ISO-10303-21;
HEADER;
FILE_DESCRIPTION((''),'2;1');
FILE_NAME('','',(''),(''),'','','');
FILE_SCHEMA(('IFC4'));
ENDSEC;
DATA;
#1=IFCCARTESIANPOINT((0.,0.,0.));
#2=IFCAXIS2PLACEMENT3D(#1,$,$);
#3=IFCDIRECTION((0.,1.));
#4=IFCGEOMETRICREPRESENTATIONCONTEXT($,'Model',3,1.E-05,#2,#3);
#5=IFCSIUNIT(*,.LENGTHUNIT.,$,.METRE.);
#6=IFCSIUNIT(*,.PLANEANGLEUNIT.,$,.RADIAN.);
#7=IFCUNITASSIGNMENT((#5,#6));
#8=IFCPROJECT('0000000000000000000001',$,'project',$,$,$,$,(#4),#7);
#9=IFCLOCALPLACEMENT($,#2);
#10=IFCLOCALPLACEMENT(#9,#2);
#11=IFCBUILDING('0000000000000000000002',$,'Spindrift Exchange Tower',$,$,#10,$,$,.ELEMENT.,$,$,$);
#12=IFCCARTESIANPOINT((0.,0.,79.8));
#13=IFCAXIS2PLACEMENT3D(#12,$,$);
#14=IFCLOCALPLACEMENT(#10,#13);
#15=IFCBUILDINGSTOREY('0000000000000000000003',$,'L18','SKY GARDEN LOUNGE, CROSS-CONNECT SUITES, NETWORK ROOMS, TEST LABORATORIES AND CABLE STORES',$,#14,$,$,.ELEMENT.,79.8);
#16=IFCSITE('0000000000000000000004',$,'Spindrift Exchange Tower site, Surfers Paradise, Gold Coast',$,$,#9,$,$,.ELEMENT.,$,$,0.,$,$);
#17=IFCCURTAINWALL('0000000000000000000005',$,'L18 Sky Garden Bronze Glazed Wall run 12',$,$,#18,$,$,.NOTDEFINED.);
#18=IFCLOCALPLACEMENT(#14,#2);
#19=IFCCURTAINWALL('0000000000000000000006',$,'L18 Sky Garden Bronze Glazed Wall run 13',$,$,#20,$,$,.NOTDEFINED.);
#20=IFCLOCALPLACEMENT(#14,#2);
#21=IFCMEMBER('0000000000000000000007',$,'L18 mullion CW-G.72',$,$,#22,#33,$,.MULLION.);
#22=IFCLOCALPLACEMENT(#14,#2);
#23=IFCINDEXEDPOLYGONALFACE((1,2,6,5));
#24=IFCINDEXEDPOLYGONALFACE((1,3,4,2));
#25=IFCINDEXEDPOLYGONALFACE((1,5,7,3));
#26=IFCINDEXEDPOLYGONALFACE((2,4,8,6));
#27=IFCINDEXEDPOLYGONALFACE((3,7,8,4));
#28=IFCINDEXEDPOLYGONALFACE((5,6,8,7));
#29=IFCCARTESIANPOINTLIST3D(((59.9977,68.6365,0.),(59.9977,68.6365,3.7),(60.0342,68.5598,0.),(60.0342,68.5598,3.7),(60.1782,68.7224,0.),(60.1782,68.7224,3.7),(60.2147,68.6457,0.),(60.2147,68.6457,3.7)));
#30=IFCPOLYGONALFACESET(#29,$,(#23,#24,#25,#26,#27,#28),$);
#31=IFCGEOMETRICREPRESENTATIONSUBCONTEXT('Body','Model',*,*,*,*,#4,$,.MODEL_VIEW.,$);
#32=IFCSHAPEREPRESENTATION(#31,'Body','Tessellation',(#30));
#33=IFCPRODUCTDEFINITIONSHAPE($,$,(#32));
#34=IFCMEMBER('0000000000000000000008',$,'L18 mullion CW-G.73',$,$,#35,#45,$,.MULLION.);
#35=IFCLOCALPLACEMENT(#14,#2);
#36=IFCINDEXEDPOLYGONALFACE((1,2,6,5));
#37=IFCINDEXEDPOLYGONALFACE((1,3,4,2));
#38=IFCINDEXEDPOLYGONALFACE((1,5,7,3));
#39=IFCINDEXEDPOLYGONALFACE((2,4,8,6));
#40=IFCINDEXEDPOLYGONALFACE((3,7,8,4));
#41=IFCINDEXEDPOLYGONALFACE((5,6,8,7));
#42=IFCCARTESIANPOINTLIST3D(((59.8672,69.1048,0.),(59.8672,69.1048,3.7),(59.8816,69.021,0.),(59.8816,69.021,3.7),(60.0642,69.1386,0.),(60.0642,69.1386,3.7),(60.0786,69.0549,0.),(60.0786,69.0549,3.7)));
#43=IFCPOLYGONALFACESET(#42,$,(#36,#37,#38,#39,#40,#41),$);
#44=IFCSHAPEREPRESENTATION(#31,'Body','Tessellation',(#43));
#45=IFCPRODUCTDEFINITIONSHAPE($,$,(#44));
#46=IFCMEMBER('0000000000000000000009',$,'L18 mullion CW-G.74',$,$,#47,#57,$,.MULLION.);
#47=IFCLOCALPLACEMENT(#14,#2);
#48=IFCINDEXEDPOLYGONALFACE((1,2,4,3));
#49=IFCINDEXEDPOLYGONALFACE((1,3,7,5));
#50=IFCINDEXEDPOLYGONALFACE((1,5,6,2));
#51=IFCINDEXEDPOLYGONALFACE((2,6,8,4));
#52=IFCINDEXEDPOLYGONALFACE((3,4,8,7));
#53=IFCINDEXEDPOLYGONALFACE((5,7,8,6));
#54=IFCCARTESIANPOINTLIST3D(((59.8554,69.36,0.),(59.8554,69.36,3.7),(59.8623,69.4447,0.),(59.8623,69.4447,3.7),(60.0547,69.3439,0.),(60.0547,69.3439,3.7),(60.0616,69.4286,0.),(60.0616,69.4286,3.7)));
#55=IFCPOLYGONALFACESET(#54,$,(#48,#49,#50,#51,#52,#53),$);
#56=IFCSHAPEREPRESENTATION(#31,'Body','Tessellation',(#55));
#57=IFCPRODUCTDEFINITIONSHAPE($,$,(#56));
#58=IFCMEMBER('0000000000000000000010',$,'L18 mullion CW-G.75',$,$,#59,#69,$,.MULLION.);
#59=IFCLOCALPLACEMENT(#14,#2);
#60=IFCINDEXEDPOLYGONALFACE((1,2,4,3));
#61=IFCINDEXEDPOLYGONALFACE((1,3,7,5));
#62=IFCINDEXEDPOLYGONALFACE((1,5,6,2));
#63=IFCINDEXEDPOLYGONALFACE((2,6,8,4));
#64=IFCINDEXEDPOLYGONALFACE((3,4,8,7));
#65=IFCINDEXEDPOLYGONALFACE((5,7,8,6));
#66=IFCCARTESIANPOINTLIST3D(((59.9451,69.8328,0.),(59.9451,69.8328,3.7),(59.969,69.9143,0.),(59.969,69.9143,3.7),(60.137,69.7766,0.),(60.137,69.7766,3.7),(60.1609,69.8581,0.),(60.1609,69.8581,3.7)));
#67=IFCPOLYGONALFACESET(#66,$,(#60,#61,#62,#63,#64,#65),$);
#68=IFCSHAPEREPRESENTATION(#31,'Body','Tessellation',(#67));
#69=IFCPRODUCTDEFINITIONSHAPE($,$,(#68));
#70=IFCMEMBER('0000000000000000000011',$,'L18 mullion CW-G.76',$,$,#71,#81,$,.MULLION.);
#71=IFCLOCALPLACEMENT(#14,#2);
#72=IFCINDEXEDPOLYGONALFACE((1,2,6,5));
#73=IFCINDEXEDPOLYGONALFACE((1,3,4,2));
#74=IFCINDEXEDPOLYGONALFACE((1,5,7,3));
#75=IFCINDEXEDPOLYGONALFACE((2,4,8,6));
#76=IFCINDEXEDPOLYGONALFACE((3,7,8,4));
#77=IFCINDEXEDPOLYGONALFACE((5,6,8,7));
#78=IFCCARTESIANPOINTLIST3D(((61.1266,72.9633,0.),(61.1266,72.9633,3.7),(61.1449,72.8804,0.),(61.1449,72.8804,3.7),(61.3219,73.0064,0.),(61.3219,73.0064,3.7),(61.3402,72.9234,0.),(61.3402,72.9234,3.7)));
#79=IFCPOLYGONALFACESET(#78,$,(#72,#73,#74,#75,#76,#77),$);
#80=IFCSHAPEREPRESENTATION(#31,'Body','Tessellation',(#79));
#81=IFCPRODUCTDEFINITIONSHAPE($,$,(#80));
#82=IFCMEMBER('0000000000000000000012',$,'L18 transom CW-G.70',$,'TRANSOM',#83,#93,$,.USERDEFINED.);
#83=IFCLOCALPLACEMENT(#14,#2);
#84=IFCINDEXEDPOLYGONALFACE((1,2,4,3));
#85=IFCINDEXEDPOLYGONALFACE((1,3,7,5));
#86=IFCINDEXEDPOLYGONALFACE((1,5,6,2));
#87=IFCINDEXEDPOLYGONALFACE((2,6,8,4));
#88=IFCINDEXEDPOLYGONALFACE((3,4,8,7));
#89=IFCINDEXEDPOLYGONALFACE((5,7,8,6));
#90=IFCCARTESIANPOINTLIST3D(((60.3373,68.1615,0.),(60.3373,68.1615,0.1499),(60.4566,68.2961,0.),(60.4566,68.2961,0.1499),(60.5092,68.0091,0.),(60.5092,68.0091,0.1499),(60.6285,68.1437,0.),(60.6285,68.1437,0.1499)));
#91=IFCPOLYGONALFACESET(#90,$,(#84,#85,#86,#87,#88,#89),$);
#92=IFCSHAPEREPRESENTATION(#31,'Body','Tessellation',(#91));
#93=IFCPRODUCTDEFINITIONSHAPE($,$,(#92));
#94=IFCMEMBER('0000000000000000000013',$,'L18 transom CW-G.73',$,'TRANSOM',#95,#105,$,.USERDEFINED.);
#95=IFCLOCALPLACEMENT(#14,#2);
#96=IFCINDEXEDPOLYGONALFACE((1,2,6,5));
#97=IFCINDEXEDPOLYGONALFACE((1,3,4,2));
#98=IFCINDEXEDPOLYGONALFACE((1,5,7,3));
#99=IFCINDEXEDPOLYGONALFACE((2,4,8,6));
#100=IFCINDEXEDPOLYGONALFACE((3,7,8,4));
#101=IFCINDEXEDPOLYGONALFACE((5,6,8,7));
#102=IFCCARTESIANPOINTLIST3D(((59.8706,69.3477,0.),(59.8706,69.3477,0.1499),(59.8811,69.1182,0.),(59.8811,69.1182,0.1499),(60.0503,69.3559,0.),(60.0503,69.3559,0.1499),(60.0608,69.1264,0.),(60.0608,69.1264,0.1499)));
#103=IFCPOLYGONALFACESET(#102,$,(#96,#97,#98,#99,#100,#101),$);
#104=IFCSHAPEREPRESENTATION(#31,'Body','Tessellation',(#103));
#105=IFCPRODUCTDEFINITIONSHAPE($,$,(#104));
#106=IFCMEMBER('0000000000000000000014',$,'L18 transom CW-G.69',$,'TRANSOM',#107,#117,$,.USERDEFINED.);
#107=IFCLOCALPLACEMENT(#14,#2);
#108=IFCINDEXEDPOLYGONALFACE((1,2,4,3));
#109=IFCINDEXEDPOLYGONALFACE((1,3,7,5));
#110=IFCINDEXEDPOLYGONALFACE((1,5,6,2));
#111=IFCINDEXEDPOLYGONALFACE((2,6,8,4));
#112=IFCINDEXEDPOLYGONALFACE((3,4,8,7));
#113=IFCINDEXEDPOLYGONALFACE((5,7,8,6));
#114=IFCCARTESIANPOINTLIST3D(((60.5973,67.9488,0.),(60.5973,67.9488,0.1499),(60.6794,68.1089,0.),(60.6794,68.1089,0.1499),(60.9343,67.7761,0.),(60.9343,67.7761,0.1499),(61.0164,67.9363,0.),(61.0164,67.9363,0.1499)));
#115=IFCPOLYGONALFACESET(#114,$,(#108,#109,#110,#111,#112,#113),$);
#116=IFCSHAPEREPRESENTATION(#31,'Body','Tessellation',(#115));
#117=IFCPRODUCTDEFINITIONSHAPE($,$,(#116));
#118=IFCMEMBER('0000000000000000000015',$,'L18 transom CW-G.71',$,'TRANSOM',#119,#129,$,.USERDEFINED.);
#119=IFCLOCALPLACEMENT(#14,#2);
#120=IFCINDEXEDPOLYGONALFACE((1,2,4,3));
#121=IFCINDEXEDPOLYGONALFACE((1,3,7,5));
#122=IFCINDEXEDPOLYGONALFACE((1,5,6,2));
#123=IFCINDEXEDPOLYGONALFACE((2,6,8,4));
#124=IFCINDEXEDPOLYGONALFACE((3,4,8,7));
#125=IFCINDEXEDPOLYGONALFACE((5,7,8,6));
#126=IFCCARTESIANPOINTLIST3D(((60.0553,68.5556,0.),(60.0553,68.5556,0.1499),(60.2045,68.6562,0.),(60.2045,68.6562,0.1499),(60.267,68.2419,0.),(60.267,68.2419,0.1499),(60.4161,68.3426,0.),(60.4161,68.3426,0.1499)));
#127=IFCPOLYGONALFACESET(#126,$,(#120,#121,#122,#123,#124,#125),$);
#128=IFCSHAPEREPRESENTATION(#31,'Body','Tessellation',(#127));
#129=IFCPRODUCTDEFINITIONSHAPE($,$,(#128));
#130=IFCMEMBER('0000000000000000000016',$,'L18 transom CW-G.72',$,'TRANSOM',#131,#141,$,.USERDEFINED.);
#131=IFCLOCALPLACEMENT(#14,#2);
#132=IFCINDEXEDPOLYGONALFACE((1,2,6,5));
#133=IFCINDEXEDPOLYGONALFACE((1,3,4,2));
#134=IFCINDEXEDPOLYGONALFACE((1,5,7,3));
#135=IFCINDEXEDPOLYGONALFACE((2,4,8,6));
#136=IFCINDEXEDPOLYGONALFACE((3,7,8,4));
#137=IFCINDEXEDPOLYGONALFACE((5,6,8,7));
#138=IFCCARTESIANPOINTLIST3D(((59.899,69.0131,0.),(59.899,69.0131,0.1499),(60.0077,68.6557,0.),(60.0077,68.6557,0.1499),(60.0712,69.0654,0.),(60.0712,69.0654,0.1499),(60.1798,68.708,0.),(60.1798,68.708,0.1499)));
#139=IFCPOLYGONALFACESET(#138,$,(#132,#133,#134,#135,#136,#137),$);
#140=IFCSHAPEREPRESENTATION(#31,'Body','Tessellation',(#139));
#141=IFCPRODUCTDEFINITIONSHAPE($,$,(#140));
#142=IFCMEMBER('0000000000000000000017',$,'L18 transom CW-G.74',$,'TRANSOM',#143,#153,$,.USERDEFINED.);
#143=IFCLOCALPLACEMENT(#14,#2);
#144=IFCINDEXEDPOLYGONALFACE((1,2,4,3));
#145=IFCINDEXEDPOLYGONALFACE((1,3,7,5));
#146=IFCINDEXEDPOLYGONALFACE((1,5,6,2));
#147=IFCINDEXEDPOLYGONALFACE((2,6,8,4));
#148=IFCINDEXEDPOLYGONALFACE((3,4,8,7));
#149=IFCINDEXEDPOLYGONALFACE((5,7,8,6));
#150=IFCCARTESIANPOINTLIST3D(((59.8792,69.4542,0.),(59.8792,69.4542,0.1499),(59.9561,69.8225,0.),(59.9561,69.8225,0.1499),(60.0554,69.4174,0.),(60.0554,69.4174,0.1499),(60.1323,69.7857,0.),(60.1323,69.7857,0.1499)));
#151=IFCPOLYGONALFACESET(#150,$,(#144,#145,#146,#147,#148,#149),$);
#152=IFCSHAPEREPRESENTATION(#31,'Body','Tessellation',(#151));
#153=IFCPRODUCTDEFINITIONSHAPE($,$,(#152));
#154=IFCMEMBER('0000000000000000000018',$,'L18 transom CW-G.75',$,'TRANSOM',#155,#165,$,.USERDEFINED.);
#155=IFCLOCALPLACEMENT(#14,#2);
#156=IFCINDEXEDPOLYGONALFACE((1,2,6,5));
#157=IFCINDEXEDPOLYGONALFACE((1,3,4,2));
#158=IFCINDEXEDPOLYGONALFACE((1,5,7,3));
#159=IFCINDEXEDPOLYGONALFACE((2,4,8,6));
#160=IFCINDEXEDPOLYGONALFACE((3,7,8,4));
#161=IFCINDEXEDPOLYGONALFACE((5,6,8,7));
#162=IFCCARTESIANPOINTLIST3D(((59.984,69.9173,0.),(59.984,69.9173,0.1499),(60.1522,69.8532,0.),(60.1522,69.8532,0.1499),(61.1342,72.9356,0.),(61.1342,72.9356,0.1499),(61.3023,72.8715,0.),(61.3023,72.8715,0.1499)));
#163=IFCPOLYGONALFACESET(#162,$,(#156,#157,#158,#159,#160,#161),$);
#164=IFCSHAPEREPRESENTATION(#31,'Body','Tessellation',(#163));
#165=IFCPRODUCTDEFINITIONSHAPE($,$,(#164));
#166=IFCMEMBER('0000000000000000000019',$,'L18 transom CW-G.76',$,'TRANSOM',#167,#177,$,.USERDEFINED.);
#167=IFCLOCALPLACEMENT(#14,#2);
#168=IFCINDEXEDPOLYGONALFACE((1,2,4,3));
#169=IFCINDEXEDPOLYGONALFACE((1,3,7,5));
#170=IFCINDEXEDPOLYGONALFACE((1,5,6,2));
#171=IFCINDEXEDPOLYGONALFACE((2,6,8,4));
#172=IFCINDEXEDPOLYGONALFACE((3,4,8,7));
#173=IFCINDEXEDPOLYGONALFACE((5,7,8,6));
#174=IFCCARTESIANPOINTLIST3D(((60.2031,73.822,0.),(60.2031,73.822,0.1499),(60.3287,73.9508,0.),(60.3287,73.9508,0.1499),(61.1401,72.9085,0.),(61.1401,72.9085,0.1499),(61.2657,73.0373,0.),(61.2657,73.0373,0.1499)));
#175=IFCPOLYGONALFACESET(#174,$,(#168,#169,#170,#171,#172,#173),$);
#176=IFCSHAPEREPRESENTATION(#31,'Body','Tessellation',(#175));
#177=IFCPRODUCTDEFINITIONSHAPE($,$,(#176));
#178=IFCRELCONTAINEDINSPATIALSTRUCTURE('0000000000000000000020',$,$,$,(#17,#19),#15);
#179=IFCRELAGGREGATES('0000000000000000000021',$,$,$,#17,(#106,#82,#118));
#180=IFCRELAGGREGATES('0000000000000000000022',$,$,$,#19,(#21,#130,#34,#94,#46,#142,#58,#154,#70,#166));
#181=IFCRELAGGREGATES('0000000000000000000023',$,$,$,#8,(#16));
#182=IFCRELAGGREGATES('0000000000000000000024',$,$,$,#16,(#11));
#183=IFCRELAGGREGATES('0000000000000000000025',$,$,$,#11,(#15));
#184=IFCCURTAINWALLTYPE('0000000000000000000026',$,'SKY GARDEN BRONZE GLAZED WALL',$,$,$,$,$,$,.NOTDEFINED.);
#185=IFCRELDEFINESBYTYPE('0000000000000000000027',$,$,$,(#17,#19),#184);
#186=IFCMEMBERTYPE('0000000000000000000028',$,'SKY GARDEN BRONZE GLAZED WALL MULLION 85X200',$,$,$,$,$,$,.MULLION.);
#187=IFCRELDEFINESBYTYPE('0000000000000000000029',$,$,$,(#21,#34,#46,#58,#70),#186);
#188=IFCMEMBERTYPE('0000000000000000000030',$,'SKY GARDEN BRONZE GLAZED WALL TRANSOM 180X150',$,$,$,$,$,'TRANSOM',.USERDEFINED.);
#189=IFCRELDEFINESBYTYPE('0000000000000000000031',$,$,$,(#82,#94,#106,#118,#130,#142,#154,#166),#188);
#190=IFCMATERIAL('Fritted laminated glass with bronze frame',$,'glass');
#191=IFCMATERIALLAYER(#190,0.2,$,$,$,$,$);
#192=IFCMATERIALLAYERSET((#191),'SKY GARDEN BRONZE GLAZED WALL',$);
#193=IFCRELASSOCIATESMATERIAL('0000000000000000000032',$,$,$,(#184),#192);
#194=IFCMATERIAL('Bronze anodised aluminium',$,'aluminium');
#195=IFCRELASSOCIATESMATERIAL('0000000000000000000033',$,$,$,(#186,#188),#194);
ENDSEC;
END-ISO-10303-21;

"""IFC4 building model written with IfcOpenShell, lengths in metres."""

from ifc_helpers import new_model, si_unit, direction, frame, origin, origin_2d, place, context, subcontext, project, spatial, rectangle, extrude, source, transform, mapped, material, layer, layer_set, material_profile, profile_set, type_object, element, aggregate, save


model = new_model("IFC4")

# Units and contexts
model_context = context("Model", 3, precision=1e-05, world=origin(), true_north=direction((0.0, 1.0)))
body_context = subcontext(model_context, "Body", "Model", "MODEL_VIEW")
ifc_project = project(units=[si_unit("LENGTHUNIT", "METRE"), si_unit("PLANEANGLEUNIT", "RADIAN")], contexts=[model_context])

# Site, building, storey
site_placement = place(None, origin())
site = spatial("IfcSite", under=ifc_project, at=site_placement, Name="Spindrift Exchange Tower site, Surfers Paradise, Gold Coast", CompositionType="ELEMENT", RefElevation=0.0)
building_placement = place(site_placement, origin())
building = spatial("IfcBuilding", under=site, at=building_placement, Name="Spindrift Exchange Tower", CompositionType="ELEMENT")
storey_placement = place(building_placement, frame((0.0, 0.0, 79.8)))
storey = spatial("IfcBuildingStorey", under=building, at=storey_placement, Name="L18", Description="SKY GARDEN LOUNGE, CROSS-CONNECT SUITES, NETWORK ROOMS, TEST LABORATORIES AND CABLE STORES", CompositionType="ELEMENT", Elevation=79.8)

# Curtain walls, members
ifc_material_1 = material(Name="Fritted laminated glass with bronze frame", Category="glass")
ifc_material_2 = material(Name="Bronze anodised aluminium", Category="aluminium")
ifc_layer_1 = layer(ifc_material_1, 0.2)
ifc_layer_set_1 = layer_set([ifc_layer_1], Name="SKY GARDEN BRONZE GLAZED WALL")
curtain_wall_type_1 = type_object("IfcCurtainWallType", Name="SKY GARDEN BRONZE GLAZED WALL", PredefinedType="NOTDEFINED", material=ifc_layer_set_1)
curtain_wall_1_placement = place(storey_placement, origin())
curtain_wall_1 = element("IfcCurtainWall", 1, at=curtain_wall_1_placement, inside=storey, type_object=curtain_wall_type_1, Name="L18 Sky Garden Bronze Glazed Wall run 12", PredefinedType="NOTDEFINED")
ifc_material_profile_1 = material_profile(ifc_material_2, rectangle(XDim=0.085, YDim=0.2, at=origin_2d()), Name="SKY GARDEN BRONZE GLAZED WALL MULLION 85X200")
ifc_profile_set_1 = profile_set([ifc_material_profile_1], Name="Bronze anodised aluminium")
member_type_1 = type_object("IfcMemberType", Name="SKY GARDEN BRONZE GLAZED WALL MULLION 85X200", PredefinedType="MULLION", material=ifc_profile_set_1)
shared_shape_1 = source(origin(), body_context, "Body", "SweptSolid", [
    extrude(rectangle(XDim=0.085, YDim=0.2, at=origin_2d()), origin(), (0.0, 0.0, 1.0), 3.7),
])
curtain_wall_2_placement = place(storey_placement, origin())
curtain_wall_2 = element("IfcCurtainWall", 2, at=curtain_wall_2_placement, inside=storey, type_object=curtain_wall_type_1, Name="L18 Sky Garden Bronze Glazed Wall run 13", PredefinedType="NOTDEFINED")
member_1_placement = place(storey_placement, frame((60.1062, 68.6411, 0.0), z_axis=(0.0, 0.0, 1.0), x_axis=(-0.429779, 0.902934, 0.0)))
member_1 = element("IfcMember", 3, at=member_1_placement, type_object=member_type_1, Name="L18 mullion CW-G.72", PredefinedType="MULLION", context=body_context, shape_type="MappedRepresentation", body=[
    mapped(shared_shape_1, transform((0.0, 0.0, 0.0), scale=1.0)),
])
member_2_placement = place(storey_placement, frame((59.9729, 69.0798, 0.0), z_axis=(0.0, 0.0, 1.0), x_axis=(-0.16925, 0.985573, 0.0)))
member_2 = element("IfcMember", 4, at=member_2_placement, type_object=member_type_1, Name="L18 mullion CW-G.73", PredefinedType="MULLION", context=body_context, shape_type="MappedRepresentation", body=[
    mapped(shared_shape_1, transform((0.0, 0.0, 0.0), scale=1.0)),
])
member_3_placement = place(storey_placement, frame((59.9585, 69.3943, 0.0), z_axis=(0.0, 0.0, 1.0), x_axis=(0.080333, 0.996768, 0.0)))
member_3 = element("IfcMember", 5, at=member_3_placement, type_object=member_type_1, Name="L18 mullion CW-G.74", PredefinedType="MULLION", context=body_context, shape_type="MappedRepresentation", body=[
    mapped(shared_shape_1, transform((0.0, 0.0, 0.0), scale=1.0)),
])
member_4_placement = place(storey_placement, frame((60.053, 69.8455, 0.0), z_axis=(0.0, 0.0, 1.0), x_axis=(0.281194, 0.959651, 0.0)))
member_4 = element("IfcMember", 6, at=member_4_placement, type_object=member_type_1, Name="L18 mullion CW-G.75", PredefinedType="MULLION", context=body_context, shape_type="MappedRepresentation", body=[
    mapped(shared_shape_1, transform((0.0, 0.0, 0.0), scale=1.0)),
])
member_5_placement = place(storey_placement, frame((61.2334, 72.9434, 0.0), z_axis=(0.0, 0.0, 1.0), x_axis=(-0.215299, 0.976548, 0.0)))
member_5 = element("IfcMember", 7, at=member_5_placement, type_object=member_type_1, Name="L18 mullion CW-G.76", PredefinedType="MULLION", context=body_context, shape_type="MappedRepresentation", body=[
    mapped(shared_shape_1, transform((0.0, 0.0, 0.0), scale=1.0)),
])

# Members
ifc_material_profile_2 = material_profile(ifc_material_2, rectangle(XDim=0.1799, YDim=0.1499, at=origin_2d()), Name="SKY GARDEN BRONZE GLAZED WALL TRANSOM 180X150")
ifc_profile_set_2 = profile_set([ifc_material_profile_2], Name="Bronze anodised aluminium")
member_type_2 = type_object("IfcMemberType", Name="SKY GARDEN BRONZE GLAZED WALL TRANSOM 180X150", ElementType="TRANSOM", PredefinedType="USERDEFINED", material=ifc_profile_set_2)
shared_shape_2 = source(origin(), body_context, "Body", "SweptSolid", [
    extrude(rectangle(XDim=0.1799, YDim=0.1499, at=origin_2d()), origin(), (0.0, 0.0, 1.0), 0.2297),
])
member_6_placement = place(storey_placement, frame((60.5688, 68.0764, 0.075), z_axis=(-0.748347, 0.663308, 0.0), x_axis=(-0.663308, -0.748347, 0.0)))
member_6 = element("IfcMember", 8, at=member_6_placement, type_object=member_type_2, Name="L18 transom CW-G.70", ObjectType="TRANSOM", PredefinedType="USERDEFINED", context=body_context, shape_type="MappedRepresentation", body=[
    mapped(shared_shape_2, transform((0.0, 0.0, 0.0), scale=1.0)),
])
member_7_placement = place(storey_placement, frame((59.9709, 69.1223, 0.075), z_axis=(-0.045697, 0.998955, 0.0), x_axis=(-0.998955, -0.045697, 0.0)))
member_7 = element("IfcMember", 9, at=member_7_placement, type_object=member_type_2, Name="L18 transom CW-G.73", ObjectType="TRANSOM", PredefinedType="USERDEFINED", context=body_context, shape_type="MappedRepresentation", body=[
    mapped(shared_shape_2, transform((0.0, 0.0, 0.0), scale=1.0)),
])
shared_shape_3 = source(origin(), body_context, "Body", "SweptSolid", [
    extrude(rectangle(XDim=0.1799, YDim=0.1499, at=origin_2d()), origin(), (0.0, 0.0, 1.0), 0.3787),
])
member_8_placement = place(storey_placement, frame((60.9753, 67.8562, 0.075), z_axis=(-0.889999, 0.455963, 0.0), x_axis=(-0.455963, -0.889999, 0.0)))
member_8 = element("IfcMember", 10, at=member_8_placement, type_object=member_type_2, Name="L18 transom CW-G.69", ObjectType="TRANSOM", PredefinedType="USERDEFINED", context=body_context, shape_type="MappedRepresentation", body=[
    mapped(shared_shape_3, transform((0.0, 0.0, 0.0), scale=1.0)),
])
shared_shape_4 = source(origin(), body_context, "Body", "SweptSolid", [
    extrude(rectangle(XDim=0.1799, YDim=0.1499, at=origin_2d()), origin(), (0.0, 0.0, 1.0), 0.3784),
])
member_9_placement = place(storey_placement, frame((60.3416, 68.2922, 0.075), z_axis=(-0.559307, 0.828961, 0.0), x_axis=(-0.828961, -0.559307, 0.0)))
member_9 = element("IfcMember", 11, at=member_9_placement, type_object=member_type_2, Name="L18 transom CW-G.71", ObjectType="TRANSOM", PredefinedType="USERDEFINED", context=body_context, shape_type="MappedRepresentation", body=[
    mapped(shared_shape_4, transform((0.0, 0.0, 0.0), scale=1.0)),
])
shared_shape_5 = source(origin(), body_context, "Body", "SweptSolid", [
    extrude(rectangle(XDim=0.1799, YDim=0.1499, at=origin_2d()), origin(), (0.0, 0.0, 1.0), 0.3735),
])
member_10_placement = place(storey_placement, frame((60.0938, 68.6819, 0.075), z_axis=(-0.290824, 0.956777, 0.0), x_axis=(-0.956777, -0.290824, 0.0)))
member_10 = element("IfcMember", 12, at=member_10_placement, type_object=member_type_2, Name="L18 transom CW-G.72", ObjectType="TRANSOM", PredefinedType="USERDEFINED", context=body_context, shape_type="MappedRepresentation", body=[
    mapped(shared_shape_5, transform((0.0, 0.0, 0.0), scale=1.0)),
])
shared_shape_6 = source(origin(), body_context, "Body", "SweptSolid", [
    extrude(rectangle(XDim=0.1799, YDim=0.1499, at=origin_2d()), origin(), (0.0, 0.0, 1.0), 0.3762),
])
member_11_placement = place(storey_placement, frame((59.9673, 69.4358, 0.075), z_axis=(0.204473, 0.978872, 0.0), x_axis=(-0.978872, 0.204473, 0.0)))
member_11 = element("IfcMember", 13, at=member_11_placement, type_object=member_type_2, Name="L18 transom CW-G.74", ObjectType="TRANSOM", PredefinedType="USERDEFINED", context=body_context, shape_type="MappedRepresentation", body=[
    mapped(shared_shape_6, transform((0.0, 0.0, 0.0), scale=1.0)),
])
shared_shape_7 = source(origin(), body_context, "Body", "SweptSolid", [
    extrude(rectangle(XDim=0.1799, YDim=0.1499, at=origin_2d()), origin(), (0.0, 0.0, 1.0), 3.23),
])
member_12_placement = place(storey_placement, frame((60.0681, 69.8853, 0.075), z_axis=(0.35608, 0.934455, 0.0), x_axis=(-0.934455, 0.35608, 0.0)))
member_12 = element("IfcMember", 14, at=member_12_placement, type_object=member_type_2, Name="L18 transom CW-G.75", ObjectType="TRANSOM", PredefinedType="USERDEFINED", context=body_context, shape_type="MappedRepresentation", body=[
    mapped(shared_shape_7, transform((0.0, 0.0, 0.0), scale=1.0)),
])
shared_shape_8 = source(origin(), body_context, "Body", "SweptSolid", [
    extrude(rectangle(XDim=0.1799, YDim=0.1499, at=origin_2d()), origin(), (0.0, 0.0, 1.0), 1.3086),
])
member_13_placement = place(storey_placement, frame((61.2029, 72.9729, 0.075), z_axis=(-0.716005, 0.698095, 0.0), x_axis=(-0.698095, -0.716005, 0.0)))
member_13 = element("IfcMember", 15, at=member_13_placement, type_object=member_type_2, Name="L18 transom CW-G.76", ObjectType="TRANSOM", PredefinedType="USERDEFINED", context=body_context, shape_type="MappedRepresentation", body=[
    mapped(shared_shape_8, transform((0.0, 0.0, 0.0), scale=1.0)),
])

aggregate(curtain_wall_1, [member_8, member_6, member_9])
aggregate(curtain_wall_2, [member_1, member_10, member_2, member_7, member_3, member_11, member_4, member_12, member_5, member_13])

save(model, "model.ifc")
